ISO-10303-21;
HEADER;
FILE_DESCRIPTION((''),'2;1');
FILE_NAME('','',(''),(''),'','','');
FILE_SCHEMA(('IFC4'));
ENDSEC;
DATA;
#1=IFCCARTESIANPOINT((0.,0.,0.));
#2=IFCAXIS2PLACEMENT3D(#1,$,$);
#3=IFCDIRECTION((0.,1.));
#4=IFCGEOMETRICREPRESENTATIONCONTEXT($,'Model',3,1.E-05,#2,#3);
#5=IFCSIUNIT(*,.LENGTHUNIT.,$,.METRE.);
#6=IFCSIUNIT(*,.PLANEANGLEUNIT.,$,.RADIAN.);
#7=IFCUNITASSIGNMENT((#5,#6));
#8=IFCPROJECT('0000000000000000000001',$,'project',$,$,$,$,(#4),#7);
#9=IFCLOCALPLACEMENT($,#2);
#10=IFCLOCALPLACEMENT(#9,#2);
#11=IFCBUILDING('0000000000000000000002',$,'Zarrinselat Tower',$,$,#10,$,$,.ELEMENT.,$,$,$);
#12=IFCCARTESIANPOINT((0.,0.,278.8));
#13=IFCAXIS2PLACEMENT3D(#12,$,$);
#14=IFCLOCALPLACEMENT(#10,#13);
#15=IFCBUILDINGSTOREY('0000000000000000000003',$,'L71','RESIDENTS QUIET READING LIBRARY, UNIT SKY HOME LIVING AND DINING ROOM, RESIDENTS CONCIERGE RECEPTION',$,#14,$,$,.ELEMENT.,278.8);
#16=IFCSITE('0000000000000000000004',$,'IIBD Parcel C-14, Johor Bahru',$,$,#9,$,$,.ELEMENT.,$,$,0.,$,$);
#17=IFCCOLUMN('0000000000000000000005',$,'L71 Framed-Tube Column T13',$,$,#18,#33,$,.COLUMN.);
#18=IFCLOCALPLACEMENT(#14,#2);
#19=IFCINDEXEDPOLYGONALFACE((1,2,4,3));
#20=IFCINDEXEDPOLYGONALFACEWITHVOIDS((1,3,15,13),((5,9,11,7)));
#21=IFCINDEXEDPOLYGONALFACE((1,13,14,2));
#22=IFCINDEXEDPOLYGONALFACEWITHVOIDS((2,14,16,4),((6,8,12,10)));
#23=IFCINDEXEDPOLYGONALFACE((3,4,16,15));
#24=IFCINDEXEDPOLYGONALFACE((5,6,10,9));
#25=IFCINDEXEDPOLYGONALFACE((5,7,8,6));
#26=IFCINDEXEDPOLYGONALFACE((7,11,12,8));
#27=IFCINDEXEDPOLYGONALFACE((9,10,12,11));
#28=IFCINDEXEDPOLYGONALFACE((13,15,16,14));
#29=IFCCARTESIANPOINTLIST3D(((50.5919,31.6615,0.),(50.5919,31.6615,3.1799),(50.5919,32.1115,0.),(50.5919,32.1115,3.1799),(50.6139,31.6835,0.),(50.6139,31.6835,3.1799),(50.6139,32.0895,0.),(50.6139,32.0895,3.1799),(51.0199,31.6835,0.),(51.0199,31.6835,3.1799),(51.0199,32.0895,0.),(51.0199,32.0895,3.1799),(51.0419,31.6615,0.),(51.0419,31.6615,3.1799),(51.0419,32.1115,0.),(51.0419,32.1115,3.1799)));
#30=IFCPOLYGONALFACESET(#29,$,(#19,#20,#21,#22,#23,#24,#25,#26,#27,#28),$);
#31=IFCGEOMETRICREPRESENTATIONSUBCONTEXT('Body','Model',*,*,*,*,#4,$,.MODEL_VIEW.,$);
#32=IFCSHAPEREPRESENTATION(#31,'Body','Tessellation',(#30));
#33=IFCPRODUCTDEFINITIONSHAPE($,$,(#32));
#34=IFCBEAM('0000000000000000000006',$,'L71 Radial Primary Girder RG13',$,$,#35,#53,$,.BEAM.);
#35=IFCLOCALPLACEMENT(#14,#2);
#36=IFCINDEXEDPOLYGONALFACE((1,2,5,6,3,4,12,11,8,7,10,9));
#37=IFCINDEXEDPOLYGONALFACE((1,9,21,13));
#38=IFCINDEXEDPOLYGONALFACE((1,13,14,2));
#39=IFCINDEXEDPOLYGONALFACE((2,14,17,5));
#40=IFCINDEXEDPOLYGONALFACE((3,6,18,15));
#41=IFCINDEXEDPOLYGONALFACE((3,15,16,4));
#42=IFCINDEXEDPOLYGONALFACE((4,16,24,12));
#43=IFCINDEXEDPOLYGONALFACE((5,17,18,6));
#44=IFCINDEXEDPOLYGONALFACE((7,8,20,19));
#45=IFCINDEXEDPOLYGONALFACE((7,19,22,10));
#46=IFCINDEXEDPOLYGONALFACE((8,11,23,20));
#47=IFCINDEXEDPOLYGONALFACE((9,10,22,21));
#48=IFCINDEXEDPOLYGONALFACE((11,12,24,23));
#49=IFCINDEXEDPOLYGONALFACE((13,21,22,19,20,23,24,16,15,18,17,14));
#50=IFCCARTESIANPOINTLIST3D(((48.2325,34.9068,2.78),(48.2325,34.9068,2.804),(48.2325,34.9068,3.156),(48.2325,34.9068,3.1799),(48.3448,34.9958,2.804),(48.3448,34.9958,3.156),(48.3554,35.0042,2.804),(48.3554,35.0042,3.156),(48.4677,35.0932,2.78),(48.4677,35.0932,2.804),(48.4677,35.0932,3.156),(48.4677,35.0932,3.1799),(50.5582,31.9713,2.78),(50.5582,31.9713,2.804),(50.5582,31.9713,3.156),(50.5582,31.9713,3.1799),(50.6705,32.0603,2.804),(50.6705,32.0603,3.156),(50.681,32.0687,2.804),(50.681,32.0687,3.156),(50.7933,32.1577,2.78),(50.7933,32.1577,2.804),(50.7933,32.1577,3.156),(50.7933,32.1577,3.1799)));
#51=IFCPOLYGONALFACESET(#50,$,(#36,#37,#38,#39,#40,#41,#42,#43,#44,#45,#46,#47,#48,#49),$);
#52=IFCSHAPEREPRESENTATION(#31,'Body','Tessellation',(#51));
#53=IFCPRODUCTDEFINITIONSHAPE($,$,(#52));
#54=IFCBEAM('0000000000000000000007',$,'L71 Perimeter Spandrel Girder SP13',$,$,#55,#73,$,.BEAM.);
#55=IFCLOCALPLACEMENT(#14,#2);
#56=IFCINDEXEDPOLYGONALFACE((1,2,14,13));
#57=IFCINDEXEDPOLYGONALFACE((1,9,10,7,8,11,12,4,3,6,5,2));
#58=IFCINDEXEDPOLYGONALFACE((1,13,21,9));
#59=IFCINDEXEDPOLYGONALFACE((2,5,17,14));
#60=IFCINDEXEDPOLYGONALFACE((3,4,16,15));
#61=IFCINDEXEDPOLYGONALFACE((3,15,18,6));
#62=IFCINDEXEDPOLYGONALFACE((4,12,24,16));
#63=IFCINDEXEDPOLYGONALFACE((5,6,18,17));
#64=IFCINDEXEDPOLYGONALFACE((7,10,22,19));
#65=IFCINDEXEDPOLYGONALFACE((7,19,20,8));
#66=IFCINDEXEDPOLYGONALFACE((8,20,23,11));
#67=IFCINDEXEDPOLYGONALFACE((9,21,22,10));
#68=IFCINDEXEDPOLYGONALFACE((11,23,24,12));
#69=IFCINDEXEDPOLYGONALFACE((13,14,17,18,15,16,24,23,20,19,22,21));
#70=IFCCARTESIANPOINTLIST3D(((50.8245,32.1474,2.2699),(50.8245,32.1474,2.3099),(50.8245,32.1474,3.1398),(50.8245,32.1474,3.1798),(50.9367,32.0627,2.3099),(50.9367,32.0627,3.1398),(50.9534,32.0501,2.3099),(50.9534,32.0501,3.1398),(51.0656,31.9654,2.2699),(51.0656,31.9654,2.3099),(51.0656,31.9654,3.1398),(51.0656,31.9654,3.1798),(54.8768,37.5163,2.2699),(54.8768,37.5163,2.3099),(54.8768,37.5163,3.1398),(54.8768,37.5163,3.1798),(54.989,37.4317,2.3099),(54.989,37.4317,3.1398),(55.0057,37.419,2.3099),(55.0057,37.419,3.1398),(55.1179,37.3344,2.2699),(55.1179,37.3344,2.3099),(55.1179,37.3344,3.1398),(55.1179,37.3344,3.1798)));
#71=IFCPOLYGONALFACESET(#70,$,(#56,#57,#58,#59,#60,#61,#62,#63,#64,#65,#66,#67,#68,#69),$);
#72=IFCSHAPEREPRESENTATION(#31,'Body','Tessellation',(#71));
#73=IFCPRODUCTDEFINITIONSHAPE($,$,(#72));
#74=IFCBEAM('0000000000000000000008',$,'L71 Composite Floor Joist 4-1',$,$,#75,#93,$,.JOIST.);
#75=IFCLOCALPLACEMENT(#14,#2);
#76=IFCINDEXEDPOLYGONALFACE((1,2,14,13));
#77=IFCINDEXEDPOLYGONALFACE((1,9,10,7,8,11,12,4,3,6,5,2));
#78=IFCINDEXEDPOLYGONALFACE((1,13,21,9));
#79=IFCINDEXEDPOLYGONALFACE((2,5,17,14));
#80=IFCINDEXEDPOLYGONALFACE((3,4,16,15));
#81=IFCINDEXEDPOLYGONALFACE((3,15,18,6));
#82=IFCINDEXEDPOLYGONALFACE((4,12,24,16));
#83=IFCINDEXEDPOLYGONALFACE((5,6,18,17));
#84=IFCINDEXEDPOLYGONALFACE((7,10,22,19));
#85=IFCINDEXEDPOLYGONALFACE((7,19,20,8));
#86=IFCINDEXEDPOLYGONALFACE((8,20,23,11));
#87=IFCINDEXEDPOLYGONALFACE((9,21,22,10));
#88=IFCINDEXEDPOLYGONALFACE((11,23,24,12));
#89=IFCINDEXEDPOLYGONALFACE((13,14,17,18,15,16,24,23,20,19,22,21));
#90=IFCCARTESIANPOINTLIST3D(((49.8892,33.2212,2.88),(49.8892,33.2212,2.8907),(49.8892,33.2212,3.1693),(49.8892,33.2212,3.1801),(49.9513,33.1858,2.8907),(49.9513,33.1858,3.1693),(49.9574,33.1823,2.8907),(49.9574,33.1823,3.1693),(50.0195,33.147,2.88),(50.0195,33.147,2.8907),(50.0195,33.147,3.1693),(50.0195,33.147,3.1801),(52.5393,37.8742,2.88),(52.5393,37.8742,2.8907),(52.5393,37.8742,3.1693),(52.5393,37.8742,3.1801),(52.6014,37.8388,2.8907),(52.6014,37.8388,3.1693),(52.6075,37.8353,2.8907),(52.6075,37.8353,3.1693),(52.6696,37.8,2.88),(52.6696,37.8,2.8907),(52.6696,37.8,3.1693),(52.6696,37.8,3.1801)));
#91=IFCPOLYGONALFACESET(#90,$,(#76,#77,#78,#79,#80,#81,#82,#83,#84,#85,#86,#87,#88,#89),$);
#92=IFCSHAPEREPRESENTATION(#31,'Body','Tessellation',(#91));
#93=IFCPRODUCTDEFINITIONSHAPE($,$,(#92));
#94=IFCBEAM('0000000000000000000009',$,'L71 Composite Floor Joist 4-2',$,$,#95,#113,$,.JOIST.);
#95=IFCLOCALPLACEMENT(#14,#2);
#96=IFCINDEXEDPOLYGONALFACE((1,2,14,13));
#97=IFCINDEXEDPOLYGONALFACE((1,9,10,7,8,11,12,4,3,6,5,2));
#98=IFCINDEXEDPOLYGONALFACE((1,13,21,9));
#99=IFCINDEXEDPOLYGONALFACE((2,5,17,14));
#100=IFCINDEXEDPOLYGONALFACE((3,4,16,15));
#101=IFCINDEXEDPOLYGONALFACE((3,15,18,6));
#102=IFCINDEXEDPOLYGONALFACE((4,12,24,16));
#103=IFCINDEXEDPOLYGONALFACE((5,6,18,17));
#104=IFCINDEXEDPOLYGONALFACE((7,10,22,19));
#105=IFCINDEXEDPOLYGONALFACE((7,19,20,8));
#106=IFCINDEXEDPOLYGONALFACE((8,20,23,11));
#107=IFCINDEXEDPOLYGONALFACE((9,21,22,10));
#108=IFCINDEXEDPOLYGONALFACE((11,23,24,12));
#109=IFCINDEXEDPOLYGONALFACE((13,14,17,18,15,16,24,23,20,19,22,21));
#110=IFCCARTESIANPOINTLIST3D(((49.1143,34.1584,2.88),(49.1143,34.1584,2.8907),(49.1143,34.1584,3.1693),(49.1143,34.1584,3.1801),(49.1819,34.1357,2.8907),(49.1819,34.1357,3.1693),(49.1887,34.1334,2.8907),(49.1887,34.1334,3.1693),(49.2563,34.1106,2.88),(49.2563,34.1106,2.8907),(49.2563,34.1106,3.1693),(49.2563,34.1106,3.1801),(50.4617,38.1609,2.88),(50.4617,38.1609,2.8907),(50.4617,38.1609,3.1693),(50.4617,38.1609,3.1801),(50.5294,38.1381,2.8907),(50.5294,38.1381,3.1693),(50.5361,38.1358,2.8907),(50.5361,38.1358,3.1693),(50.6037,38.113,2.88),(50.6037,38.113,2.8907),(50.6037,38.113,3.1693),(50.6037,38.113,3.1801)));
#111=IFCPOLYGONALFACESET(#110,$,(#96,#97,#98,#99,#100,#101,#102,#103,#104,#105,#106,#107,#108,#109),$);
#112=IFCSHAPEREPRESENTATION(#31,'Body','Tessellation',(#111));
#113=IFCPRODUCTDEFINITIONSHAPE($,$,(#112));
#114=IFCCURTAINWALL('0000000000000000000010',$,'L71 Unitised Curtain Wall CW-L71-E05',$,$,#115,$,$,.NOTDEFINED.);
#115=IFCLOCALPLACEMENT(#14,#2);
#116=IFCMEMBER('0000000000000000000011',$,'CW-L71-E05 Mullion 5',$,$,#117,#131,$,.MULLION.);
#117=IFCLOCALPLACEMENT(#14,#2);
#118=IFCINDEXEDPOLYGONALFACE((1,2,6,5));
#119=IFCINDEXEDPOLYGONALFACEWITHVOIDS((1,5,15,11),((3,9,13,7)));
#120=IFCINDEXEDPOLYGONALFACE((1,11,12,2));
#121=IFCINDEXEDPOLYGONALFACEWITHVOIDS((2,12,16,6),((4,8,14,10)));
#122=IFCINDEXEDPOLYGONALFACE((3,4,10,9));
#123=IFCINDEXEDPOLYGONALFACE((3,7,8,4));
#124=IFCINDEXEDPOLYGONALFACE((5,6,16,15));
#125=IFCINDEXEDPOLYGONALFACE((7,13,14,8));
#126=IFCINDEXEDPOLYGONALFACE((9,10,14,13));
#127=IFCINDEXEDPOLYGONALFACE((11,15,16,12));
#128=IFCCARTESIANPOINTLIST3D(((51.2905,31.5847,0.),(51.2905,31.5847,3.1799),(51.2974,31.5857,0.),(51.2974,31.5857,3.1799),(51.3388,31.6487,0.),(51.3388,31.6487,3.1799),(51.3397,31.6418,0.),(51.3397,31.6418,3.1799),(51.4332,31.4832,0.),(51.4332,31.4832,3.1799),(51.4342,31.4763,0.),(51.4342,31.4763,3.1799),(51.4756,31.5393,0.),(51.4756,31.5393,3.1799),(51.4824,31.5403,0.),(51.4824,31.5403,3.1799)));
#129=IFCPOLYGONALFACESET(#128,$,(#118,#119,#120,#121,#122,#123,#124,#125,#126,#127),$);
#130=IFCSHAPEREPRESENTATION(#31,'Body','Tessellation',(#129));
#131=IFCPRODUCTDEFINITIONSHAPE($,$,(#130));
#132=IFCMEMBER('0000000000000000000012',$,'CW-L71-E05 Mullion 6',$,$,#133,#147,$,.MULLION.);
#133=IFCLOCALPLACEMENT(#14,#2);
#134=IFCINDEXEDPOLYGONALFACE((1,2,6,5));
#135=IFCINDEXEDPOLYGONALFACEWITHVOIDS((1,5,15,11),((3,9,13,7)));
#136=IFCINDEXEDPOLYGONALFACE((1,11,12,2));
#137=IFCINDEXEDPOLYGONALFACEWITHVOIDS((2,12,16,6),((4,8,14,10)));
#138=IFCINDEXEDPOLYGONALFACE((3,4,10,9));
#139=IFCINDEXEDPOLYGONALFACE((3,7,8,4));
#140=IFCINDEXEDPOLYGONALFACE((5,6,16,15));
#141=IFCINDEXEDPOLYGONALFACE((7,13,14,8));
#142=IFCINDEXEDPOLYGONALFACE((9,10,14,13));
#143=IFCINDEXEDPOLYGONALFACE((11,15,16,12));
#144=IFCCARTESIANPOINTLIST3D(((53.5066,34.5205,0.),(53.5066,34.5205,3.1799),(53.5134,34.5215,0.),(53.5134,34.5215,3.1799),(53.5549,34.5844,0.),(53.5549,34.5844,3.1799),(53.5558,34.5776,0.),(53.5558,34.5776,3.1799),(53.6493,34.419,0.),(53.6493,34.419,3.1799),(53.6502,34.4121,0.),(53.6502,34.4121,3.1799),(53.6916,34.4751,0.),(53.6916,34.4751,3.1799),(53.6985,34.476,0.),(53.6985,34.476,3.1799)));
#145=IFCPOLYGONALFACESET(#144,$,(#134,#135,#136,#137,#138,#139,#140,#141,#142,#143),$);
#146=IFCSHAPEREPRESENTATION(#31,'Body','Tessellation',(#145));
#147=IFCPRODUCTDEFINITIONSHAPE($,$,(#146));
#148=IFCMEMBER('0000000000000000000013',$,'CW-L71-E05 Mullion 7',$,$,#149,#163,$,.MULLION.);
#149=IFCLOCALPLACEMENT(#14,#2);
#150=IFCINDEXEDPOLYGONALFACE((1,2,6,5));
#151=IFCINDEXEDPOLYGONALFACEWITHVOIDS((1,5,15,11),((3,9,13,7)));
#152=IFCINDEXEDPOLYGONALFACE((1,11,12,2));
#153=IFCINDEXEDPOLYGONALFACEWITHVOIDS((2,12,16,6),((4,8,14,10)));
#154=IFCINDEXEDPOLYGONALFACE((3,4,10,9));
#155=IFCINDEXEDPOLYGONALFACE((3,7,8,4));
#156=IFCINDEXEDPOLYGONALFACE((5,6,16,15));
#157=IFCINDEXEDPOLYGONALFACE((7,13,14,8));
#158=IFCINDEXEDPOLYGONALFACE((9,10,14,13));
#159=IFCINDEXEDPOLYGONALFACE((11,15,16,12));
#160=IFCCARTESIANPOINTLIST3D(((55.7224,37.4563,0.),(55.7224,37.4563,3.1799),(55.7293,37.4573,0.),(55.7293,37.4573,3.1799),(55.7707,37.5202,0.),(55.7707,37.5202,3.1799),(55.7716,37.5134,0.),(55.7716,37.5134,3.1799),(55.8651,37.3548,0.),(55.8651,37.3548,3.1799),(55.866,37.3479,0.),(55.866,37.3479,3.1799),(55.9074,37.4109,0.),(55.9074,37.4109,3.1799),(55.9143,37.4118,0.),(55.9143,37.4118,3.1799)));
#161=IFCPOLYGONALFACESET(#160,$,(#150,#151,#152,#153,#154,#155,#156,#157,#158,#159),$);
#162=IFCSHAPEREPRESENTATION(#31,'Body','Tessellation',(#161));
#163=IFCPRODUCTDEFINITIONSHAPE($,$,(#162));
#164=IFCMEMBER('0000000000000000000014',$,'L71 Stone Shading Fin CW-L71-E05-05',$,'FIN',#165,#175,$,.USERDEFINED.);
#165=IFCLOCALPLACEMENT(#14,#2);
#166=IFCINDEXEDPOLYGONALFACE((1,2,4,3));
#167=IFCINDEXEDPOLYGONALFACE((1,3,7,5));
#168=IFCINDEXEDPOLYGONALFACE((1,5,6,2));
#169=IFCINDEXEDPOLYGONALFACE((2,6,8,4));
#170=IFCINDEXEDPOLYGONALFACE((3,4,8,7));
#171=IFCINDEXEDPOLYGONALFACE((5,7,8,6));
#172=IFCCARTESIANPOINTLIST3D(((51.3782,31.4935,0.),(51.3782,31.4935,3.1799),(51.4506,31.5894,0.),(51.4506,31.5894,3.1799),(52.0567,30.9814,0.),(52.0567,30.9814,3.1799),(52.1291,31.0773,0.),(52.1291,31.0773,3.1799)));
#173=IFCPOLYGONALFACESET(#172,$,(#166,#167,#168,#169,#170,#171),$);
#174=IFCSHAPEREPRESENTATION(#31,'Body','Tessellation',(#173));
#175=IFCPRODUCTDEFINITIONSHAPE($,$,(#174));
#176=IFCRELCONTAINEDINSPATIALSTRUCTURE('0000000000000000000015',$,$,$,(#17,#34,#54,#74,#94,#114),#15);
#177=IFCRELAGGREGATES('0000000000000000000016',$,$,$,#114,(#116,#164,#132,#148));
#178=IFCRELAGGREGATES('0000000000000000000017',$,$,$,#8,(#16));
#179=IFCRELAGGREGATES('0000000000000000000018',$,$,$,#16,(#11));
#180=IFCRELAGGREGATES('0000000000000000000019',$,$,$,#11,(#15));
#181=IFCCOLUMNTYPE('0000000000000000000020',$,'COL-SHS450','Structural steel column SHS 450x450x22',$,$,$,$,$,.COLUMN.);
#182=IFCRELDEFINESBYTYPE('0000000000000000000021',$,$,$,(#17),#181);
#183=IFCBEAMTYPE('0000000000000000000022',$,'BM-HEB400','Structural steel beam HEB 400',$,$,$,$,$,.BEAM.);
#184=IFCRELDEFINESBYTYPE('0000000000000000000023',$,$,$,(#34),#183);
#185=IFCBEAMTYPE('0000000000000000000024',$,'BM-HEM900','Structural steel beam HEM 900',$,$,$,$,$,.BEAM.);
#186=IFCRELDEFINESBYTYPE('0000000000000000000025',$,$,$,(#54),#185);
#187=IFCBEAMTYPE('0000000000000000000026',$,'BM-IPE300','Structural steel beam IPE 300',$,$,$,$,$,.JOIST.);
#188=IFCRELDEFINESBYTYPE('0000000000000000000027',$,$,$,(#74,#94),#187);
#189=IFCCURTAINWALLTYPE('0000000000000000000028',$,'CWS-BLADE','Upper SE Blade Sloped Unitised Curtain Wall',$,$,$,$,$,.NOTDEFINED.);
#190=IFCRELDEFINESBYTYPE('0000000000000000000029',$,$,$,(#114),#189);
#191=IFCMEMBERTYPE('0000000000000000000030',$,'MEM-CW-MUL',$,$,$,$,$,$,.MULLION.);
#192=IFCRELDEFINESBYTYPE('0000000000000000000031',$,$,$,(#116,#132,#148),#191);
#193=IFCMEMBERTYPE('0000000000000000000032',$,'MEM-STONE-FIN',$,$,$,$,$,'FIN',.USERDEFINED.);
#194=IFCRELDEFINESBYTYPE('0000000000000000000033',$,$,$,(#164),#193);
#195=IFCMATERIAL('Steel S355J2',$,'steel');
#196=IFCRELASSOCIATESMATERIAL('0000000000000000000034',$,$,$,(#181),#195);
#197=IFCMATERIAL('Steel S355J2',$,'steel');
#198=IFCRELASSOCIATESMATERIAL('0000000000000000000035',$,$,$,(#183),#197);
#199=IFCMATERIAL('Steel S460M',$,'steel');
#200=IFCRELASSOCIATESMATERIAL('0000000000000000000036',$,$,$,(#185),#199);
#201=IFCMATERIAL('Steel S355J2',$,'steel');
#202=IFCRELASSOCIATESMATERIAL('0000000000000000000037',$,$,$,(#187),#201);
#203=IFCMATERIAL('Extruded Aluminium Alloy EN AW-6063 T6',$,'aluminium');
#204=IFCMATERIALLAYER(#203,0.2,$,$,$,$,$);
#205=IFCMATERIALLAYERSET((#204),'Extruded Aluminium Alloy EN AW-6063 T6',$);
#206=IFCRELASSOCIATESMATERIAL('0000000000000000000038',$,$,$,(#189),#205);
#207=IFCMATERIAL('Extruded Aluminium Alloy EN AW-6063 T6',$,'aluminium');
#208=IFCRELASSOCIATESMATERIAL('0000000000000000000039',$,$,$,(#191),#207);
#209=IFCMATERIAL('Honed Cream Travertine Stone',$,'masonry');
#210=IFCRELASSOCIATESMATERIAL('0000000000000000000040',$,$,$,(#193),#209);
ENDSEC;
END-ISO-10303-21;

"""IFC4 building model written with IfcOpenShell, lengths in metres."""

from ifc_helpers import new_model, si_unit, direction, frame, origin, origin_2d, place, context, subcontext, project, spatial, rectangle, hollow_rectangle, i_section, extrude, material, layer, layer_set, material_profile, profile_set, type_object, element, aggregate, save


model = new_model("IFC4")

# Units and contexts
model_context = context("Model", 3, precision=1e-05, world=origin(), true_north=direction((0.0, 1.0)))
body_context = subcontext(model_context, "Body", "Model", "MODEL_VIEW")
ifc_project = project(units=[si_unit("LENGTHUNIT", "METRE"), si_unit("PLANEANGLEUNIT", "RADIAN")], contexts=[model_context])

# Site, building, storey
site_placement = place(None, origin())
site = spatial("IfcSite", under=ifc_project, at=site_placement, Name="IIBD Parcel C-14, Johor Bahru", CompositionType="ELEMENT", RefElevation=0.0)
building_placement = place(site_placement, origin())
building = spatial("IfcBuilding", under=site, at=building_placement, Name="Zarrinselat Tower", CompositionType="ELEMENT")
storey_placement = place(building_placement, frame((0.0, 0.0, 278.8)))
storey = spatial("IfcBuildingStorey", under=building, at=storey_placement, Name="L71", Description="RESIDENTS QUIET READING LIBRARY, UNIT SKY HOME LIVING AND DINING ROOM, RESIDENTS CONCIERGE RECEPTION", CompositionType="ELEMENT", Elevation=278.8)

# Column
ifc_material_1 = material(Name="Steel S355J2", Category="steel")
ifc_material_profile_1 = material_profile(ifc_material_1, hollow_rectangle(XDim=0.45, YDim=0.45, WallThickness=0.022, at=origin_2d()), Name="SHS 450x450x22")
ifc_profile_set_1 = profile_set([ifc_material_profile_1], Name="Steel S355J2")
column_type = type_object("IfcColumnType", Name="COL-SHS450", Description="Structural steel column SHS 450x450x22", PredefinedType="COLUMN", material=ifc_profile_set_1)
column_placement = place(storey_placement, frame((50.8169, 31.8865, 0.0), z_axis=(0.0, 0.0, 1.0), x_axis=(1.0, 0.0, 0.0)))
element("IfcColumn", 1, at=column_placement, inside=storey, type_object=column_type, Name="L71 Framed-Tube Column T13", PredefinedType="COLUMN", context=body_context, shape_type="SweptSolid", body=[
    extrude(hollow_rectangle(XDim=0.45, YDim=0.45, WallThickness=0.022, at=origin_2d()), origin(), (0.0, 0.0, 1.0), 3.1799),
])

# Beams
ifc_material_2 = material(Name="Steel S355J2", Category="steel")
ifc_material_profile_2 = material_profile(ifc_material_2, i_section(OverallWidth=0.3, OverallDepth=0.3999, WebThickness=0.0134, FlangeThickness=0.0239, at=origin_2d()), Name="HEB 400")
ifc_profile_set_2 = profile_set([ifc_material_profile_2], Name="Steel S355J2")
beam_type_1 = type_object("IfcBeamType", Name="BM-HEB400", Description="Structural steel beam HEB 400", PredefinedType="BEAM", material=ifc_profile_set_2)
beam_1_placement = place(storey_placement, frame((48.3501, 35.0, 2.98), z_axis=(0.620983, -0.783824, 0.0), x_axis=(0.783824, 0.620983, 0.0)))
element("IfcBeam", 2, at=beam_1_placement, inside=storey, type_object=beam_type_1, Name="L71 Radial Primary Girder RG13", PredefinedType="BEAM", context=body_context, shape_type="SweptSolid", body=[
    extrude(i_section(OverallWidth=0.3, OverallDepth=0.3999, WebThickness=0.0134, FlangeThickness=0.0239, at=origin_2d()), origin(), (0.0, 0.0, 1.0), 3.7451),
])
ifc_material_3 = material(Name="Steel S460M", Category="steel")
ifc_material_profile_3 = material_profile(ifc_material_3, i_section(OverallWidth=0.302, OverallDepth=0.9099, WebThickness=0.021, FlangeThickness=0.04, at=origin_2d()), Name="HEM 900")
ifc_profile_set_3 = profile_set([ifc_material_profile_3], Name="Steel S460M")
beam_type_2 = type_object("IfcBeamType", Name="BM-HEM900", Description="Structural steel beam HEM 900", PredefinedType="BEAM", material=ifc_profile_set_3)
beam_2_placement = place(storey_placement, frame((50.9451, 32.0564, 2.7249), z_axis=(0.60243, 0.798171, 0.0), x_axis=(-0.798171, 0.60243, 0.0)))
element("IfcBeam", 3, at=beam_2_placement, inside=storey, type_object=beam_type_2, Name="L71 Perimeter Spandrel Girder SP13", PredefinedType="BEAM", context=body_context, shape_type="SweptSolid", body=[
    extrude(i_section(OverallWidth=0.302, OverallDepth=0.9099, WebThickness=0.021, FlangeThickness=0.04, at=origin_2d()), origin(), (0.0, 0.0, 1.0), 6.7266),
])
ifc_material_4 = material(Name="Steel S355J2", Category="steel")
ifc_material_profile_4 = material_profile(ifc_material_4, i_section(OverallWidth=0.1499, OverallDepth=0.3, WebThickness=0.0071, FlangeThickness=0.0107, at=origin_2d()), Name="IPE 300")
ifc_profile_set_4 = profile_set([ifc_material_profile_4], Name="Steel S355J2")
beam_type_3 = type_object("IfcBeamType", Name="BM-IPE300", Description="Structural steel beam IPE 300", PredefinedType="JOIST", material=ifc_profile_set_4)
beam_3_placement = place(storey_placement, frame((49.9543, 33.1841, 3.03), z_axis=(0.494906, 0.868946, 0.0), x_axis=(-0.868946, 0.494906, 0.0)))
element("IfcBeam", 4, at=beam_3_placement, inside=storey, type_object=beam_type_3, Name="L71 Composite Floor Joist 4-1", PredefinedType="JOIST", context=body_context, shape_type="SweptSolid", body=[
    extrude(i_section(OverallWidth=0.1499, OverallDepth=0.3, WebThickness=0.0071, FlangeThickness=0.0107, at=origin_2d()), origin(), (0.0, 0.0, 1.0), 5.3547),
])
beam_4_placement = place(storey_placement, frame((49.1853, 34.1345, 3.03), z_axis=(0.319053, 0.947737, 0.0), x_axis=(-0.947737, 0.319053, 0.0)))
element("IfcBeam", 5, at=beam_4_placement, inside=storey, type_object=beam_type_3, Name="L71 Composite Floor Joist 4-2", PredefinedType="JOIST", context=body_context, shape_type="SweptSolid", body=[
    extrude(i_section(OverallWidth=0.1499, OverallDepth=0.3, WebThickness=0.0071, FlangeThickness=0.0107, at=origin_2d()), origin(), (0.0, 0.0, 1.0), 4.2231),
])

# Curtain wall, members
ifc_material_5 = material(Name="Extruded Aluminium Alloy EN AW-6063 T6", Category="aluminium")
ifc_layer_1 = layer(ifc_material_5, 0.2)
ifc_layer_set_1 = layer_set([ifc_layer_1], Name="Extruded Aluminium Alloy EN AW-6063 T6")
curtain_wall_type = type_object("IfcCurtainWallType", Name="CWS-BLADE", Description="Upper SE Blade Sloped Unitised Curtain Wall", PredefinedType="NOTDEFINED", material=ifc_layer_set_1)
curtain_wall_placement = place(storey_placement, origin())
curtain_wall = element("IfcCurtainWall", 6, at=curtain_wall_placement, inside=storey, type_object=curtain_wall_type, Name="L71 Unitised Curtain Wall CW-L71-E05", PredefinedType="NOTDEFINED")
ifc_material_6 = material(Name="Extruded Aluminium Alloy EN AW-6063 T6", Category="aluminium")
ifc_material_profile_5 = material_profile(ifc_material_6, hollow_rectangle(XDim=0.0801, YDim=0.1799, WallThickness=0.0049, at=origin_2d()), Name="RHS 180x80x5")
ifc_profile_set_5 = profile_set([ifc_material_profile_5], Name="Extruded Aluminium Alloy EN AW-6063 T6")
member_type_1 = type_object("IfcMemberType", Name="MEM-CW-MUL", PredefinedType="MULLION", material=ifc_profile_set_5)
member_1_placement = place(storey_placement, frame((51.3865, 31.5625, 0.0), z_axis=(0.0, 0.0, 1.0), x_axis=(0.602445, 0.79816, 0.0)))
member_1 = element("IfcMember", 7, at=member_1_placement, type_object=member_type_1, Name="CW-L71-E05 Mullion 5", PredefinedType="MULLION", context=body_context, shape_type="SweptSolid", body=[
    extrude(hollow_rectangle(XDim=0.0801, YDim=0.1799, WallThickness=0.0049, at=origin_2d()), origin(), (0.0, 0.0, 1.0), 3.1799),
])
member_2_placement = place(storey_placement, frame((53.6025, 34.4983, 0.0), z_axis=(0.0, 0.0, 1.0), x_axis=(0.602445, 0.79816, 0.0)))
member_2 = element("IfcMember", 8, at=member_2_placement, type_object=member_type_1, Name="CW-L71-E05 Mullion 6", PredefinedType="MULLION", context=body_context, shape_type="SweptSolid", body=[
    extrude(hollow_rectangle(XDim=0.0801, YDim=0.1799, WallThickness=0.0049, at=origin_2d()), origin(), (0.0, 0.0, 1.0), 3.1799),
])
member_3_placement = place(storey_placement, frame((55.8184, 37.4341, 0.0), z_axis=(0.0, 0.0, 1.0), x_axis=(0.602445, 0.79816, 0.0)))
member_3 = element("IfcMember", 9, at=member_3_placement, type_object=member_type_1, Name="CW-L71-E05 Mullion 7", PredefinedType="MULLION", context=body_context, shape_type="SweptSolid", body=[
    extrude(hollow_rectangle(XDim=0.0801, YDim=0.1799, WallThickness=0.0049, at=origin_2d()), origin(), (0.0, 0.0, 1.0), 3.1799),
])
ifc_material_7 = material(Name="Honed Cream Travertine Stone", Category="masonry")
ifc_material_profile_6 = material_profile(ifc_material_7, rectangle(XDim=0.1201, YDim=0.8501, at=origin_2d()), Name="FIN 850x120")
ifc_profile_set_6 = profile_set([ifc_material_profile_6], Name="Honed Cream Travertine Stone")
member_type_2 = type_object("IfcMemberType", Name="MEM-STONE-FIN", ElementType="FIN", PredefinedType="USERDEFINED", material=ifc_profile_set_6)
member_4_placement = place(storey_placement, frame((51.7537, 31.2854, 0.0), z_axis=(0.0, 0.0, 1.0), x_axis=(-0.602445, -0.79816, 0.0)))
member_4 = element("IfcMember", 10, at=member_4_placement, type_object=member_type_2, Name="L71 Stone Shading Fin CW-L71-E05-05", ObjectType="FIN", PredefinedType="USERDEFINED", context=body_context, shape_type="SweptSolid", body=[
    extrude(rectangle(XDim=0.1201, YDim=0.8501, at=origin_2d()), origin(), (0.0, 0.0, 1.0), 3.1799),
])
aggregate(curtain_wall, [member_1, member_4, member_2, member_3])

save(model, "model.ifc")
